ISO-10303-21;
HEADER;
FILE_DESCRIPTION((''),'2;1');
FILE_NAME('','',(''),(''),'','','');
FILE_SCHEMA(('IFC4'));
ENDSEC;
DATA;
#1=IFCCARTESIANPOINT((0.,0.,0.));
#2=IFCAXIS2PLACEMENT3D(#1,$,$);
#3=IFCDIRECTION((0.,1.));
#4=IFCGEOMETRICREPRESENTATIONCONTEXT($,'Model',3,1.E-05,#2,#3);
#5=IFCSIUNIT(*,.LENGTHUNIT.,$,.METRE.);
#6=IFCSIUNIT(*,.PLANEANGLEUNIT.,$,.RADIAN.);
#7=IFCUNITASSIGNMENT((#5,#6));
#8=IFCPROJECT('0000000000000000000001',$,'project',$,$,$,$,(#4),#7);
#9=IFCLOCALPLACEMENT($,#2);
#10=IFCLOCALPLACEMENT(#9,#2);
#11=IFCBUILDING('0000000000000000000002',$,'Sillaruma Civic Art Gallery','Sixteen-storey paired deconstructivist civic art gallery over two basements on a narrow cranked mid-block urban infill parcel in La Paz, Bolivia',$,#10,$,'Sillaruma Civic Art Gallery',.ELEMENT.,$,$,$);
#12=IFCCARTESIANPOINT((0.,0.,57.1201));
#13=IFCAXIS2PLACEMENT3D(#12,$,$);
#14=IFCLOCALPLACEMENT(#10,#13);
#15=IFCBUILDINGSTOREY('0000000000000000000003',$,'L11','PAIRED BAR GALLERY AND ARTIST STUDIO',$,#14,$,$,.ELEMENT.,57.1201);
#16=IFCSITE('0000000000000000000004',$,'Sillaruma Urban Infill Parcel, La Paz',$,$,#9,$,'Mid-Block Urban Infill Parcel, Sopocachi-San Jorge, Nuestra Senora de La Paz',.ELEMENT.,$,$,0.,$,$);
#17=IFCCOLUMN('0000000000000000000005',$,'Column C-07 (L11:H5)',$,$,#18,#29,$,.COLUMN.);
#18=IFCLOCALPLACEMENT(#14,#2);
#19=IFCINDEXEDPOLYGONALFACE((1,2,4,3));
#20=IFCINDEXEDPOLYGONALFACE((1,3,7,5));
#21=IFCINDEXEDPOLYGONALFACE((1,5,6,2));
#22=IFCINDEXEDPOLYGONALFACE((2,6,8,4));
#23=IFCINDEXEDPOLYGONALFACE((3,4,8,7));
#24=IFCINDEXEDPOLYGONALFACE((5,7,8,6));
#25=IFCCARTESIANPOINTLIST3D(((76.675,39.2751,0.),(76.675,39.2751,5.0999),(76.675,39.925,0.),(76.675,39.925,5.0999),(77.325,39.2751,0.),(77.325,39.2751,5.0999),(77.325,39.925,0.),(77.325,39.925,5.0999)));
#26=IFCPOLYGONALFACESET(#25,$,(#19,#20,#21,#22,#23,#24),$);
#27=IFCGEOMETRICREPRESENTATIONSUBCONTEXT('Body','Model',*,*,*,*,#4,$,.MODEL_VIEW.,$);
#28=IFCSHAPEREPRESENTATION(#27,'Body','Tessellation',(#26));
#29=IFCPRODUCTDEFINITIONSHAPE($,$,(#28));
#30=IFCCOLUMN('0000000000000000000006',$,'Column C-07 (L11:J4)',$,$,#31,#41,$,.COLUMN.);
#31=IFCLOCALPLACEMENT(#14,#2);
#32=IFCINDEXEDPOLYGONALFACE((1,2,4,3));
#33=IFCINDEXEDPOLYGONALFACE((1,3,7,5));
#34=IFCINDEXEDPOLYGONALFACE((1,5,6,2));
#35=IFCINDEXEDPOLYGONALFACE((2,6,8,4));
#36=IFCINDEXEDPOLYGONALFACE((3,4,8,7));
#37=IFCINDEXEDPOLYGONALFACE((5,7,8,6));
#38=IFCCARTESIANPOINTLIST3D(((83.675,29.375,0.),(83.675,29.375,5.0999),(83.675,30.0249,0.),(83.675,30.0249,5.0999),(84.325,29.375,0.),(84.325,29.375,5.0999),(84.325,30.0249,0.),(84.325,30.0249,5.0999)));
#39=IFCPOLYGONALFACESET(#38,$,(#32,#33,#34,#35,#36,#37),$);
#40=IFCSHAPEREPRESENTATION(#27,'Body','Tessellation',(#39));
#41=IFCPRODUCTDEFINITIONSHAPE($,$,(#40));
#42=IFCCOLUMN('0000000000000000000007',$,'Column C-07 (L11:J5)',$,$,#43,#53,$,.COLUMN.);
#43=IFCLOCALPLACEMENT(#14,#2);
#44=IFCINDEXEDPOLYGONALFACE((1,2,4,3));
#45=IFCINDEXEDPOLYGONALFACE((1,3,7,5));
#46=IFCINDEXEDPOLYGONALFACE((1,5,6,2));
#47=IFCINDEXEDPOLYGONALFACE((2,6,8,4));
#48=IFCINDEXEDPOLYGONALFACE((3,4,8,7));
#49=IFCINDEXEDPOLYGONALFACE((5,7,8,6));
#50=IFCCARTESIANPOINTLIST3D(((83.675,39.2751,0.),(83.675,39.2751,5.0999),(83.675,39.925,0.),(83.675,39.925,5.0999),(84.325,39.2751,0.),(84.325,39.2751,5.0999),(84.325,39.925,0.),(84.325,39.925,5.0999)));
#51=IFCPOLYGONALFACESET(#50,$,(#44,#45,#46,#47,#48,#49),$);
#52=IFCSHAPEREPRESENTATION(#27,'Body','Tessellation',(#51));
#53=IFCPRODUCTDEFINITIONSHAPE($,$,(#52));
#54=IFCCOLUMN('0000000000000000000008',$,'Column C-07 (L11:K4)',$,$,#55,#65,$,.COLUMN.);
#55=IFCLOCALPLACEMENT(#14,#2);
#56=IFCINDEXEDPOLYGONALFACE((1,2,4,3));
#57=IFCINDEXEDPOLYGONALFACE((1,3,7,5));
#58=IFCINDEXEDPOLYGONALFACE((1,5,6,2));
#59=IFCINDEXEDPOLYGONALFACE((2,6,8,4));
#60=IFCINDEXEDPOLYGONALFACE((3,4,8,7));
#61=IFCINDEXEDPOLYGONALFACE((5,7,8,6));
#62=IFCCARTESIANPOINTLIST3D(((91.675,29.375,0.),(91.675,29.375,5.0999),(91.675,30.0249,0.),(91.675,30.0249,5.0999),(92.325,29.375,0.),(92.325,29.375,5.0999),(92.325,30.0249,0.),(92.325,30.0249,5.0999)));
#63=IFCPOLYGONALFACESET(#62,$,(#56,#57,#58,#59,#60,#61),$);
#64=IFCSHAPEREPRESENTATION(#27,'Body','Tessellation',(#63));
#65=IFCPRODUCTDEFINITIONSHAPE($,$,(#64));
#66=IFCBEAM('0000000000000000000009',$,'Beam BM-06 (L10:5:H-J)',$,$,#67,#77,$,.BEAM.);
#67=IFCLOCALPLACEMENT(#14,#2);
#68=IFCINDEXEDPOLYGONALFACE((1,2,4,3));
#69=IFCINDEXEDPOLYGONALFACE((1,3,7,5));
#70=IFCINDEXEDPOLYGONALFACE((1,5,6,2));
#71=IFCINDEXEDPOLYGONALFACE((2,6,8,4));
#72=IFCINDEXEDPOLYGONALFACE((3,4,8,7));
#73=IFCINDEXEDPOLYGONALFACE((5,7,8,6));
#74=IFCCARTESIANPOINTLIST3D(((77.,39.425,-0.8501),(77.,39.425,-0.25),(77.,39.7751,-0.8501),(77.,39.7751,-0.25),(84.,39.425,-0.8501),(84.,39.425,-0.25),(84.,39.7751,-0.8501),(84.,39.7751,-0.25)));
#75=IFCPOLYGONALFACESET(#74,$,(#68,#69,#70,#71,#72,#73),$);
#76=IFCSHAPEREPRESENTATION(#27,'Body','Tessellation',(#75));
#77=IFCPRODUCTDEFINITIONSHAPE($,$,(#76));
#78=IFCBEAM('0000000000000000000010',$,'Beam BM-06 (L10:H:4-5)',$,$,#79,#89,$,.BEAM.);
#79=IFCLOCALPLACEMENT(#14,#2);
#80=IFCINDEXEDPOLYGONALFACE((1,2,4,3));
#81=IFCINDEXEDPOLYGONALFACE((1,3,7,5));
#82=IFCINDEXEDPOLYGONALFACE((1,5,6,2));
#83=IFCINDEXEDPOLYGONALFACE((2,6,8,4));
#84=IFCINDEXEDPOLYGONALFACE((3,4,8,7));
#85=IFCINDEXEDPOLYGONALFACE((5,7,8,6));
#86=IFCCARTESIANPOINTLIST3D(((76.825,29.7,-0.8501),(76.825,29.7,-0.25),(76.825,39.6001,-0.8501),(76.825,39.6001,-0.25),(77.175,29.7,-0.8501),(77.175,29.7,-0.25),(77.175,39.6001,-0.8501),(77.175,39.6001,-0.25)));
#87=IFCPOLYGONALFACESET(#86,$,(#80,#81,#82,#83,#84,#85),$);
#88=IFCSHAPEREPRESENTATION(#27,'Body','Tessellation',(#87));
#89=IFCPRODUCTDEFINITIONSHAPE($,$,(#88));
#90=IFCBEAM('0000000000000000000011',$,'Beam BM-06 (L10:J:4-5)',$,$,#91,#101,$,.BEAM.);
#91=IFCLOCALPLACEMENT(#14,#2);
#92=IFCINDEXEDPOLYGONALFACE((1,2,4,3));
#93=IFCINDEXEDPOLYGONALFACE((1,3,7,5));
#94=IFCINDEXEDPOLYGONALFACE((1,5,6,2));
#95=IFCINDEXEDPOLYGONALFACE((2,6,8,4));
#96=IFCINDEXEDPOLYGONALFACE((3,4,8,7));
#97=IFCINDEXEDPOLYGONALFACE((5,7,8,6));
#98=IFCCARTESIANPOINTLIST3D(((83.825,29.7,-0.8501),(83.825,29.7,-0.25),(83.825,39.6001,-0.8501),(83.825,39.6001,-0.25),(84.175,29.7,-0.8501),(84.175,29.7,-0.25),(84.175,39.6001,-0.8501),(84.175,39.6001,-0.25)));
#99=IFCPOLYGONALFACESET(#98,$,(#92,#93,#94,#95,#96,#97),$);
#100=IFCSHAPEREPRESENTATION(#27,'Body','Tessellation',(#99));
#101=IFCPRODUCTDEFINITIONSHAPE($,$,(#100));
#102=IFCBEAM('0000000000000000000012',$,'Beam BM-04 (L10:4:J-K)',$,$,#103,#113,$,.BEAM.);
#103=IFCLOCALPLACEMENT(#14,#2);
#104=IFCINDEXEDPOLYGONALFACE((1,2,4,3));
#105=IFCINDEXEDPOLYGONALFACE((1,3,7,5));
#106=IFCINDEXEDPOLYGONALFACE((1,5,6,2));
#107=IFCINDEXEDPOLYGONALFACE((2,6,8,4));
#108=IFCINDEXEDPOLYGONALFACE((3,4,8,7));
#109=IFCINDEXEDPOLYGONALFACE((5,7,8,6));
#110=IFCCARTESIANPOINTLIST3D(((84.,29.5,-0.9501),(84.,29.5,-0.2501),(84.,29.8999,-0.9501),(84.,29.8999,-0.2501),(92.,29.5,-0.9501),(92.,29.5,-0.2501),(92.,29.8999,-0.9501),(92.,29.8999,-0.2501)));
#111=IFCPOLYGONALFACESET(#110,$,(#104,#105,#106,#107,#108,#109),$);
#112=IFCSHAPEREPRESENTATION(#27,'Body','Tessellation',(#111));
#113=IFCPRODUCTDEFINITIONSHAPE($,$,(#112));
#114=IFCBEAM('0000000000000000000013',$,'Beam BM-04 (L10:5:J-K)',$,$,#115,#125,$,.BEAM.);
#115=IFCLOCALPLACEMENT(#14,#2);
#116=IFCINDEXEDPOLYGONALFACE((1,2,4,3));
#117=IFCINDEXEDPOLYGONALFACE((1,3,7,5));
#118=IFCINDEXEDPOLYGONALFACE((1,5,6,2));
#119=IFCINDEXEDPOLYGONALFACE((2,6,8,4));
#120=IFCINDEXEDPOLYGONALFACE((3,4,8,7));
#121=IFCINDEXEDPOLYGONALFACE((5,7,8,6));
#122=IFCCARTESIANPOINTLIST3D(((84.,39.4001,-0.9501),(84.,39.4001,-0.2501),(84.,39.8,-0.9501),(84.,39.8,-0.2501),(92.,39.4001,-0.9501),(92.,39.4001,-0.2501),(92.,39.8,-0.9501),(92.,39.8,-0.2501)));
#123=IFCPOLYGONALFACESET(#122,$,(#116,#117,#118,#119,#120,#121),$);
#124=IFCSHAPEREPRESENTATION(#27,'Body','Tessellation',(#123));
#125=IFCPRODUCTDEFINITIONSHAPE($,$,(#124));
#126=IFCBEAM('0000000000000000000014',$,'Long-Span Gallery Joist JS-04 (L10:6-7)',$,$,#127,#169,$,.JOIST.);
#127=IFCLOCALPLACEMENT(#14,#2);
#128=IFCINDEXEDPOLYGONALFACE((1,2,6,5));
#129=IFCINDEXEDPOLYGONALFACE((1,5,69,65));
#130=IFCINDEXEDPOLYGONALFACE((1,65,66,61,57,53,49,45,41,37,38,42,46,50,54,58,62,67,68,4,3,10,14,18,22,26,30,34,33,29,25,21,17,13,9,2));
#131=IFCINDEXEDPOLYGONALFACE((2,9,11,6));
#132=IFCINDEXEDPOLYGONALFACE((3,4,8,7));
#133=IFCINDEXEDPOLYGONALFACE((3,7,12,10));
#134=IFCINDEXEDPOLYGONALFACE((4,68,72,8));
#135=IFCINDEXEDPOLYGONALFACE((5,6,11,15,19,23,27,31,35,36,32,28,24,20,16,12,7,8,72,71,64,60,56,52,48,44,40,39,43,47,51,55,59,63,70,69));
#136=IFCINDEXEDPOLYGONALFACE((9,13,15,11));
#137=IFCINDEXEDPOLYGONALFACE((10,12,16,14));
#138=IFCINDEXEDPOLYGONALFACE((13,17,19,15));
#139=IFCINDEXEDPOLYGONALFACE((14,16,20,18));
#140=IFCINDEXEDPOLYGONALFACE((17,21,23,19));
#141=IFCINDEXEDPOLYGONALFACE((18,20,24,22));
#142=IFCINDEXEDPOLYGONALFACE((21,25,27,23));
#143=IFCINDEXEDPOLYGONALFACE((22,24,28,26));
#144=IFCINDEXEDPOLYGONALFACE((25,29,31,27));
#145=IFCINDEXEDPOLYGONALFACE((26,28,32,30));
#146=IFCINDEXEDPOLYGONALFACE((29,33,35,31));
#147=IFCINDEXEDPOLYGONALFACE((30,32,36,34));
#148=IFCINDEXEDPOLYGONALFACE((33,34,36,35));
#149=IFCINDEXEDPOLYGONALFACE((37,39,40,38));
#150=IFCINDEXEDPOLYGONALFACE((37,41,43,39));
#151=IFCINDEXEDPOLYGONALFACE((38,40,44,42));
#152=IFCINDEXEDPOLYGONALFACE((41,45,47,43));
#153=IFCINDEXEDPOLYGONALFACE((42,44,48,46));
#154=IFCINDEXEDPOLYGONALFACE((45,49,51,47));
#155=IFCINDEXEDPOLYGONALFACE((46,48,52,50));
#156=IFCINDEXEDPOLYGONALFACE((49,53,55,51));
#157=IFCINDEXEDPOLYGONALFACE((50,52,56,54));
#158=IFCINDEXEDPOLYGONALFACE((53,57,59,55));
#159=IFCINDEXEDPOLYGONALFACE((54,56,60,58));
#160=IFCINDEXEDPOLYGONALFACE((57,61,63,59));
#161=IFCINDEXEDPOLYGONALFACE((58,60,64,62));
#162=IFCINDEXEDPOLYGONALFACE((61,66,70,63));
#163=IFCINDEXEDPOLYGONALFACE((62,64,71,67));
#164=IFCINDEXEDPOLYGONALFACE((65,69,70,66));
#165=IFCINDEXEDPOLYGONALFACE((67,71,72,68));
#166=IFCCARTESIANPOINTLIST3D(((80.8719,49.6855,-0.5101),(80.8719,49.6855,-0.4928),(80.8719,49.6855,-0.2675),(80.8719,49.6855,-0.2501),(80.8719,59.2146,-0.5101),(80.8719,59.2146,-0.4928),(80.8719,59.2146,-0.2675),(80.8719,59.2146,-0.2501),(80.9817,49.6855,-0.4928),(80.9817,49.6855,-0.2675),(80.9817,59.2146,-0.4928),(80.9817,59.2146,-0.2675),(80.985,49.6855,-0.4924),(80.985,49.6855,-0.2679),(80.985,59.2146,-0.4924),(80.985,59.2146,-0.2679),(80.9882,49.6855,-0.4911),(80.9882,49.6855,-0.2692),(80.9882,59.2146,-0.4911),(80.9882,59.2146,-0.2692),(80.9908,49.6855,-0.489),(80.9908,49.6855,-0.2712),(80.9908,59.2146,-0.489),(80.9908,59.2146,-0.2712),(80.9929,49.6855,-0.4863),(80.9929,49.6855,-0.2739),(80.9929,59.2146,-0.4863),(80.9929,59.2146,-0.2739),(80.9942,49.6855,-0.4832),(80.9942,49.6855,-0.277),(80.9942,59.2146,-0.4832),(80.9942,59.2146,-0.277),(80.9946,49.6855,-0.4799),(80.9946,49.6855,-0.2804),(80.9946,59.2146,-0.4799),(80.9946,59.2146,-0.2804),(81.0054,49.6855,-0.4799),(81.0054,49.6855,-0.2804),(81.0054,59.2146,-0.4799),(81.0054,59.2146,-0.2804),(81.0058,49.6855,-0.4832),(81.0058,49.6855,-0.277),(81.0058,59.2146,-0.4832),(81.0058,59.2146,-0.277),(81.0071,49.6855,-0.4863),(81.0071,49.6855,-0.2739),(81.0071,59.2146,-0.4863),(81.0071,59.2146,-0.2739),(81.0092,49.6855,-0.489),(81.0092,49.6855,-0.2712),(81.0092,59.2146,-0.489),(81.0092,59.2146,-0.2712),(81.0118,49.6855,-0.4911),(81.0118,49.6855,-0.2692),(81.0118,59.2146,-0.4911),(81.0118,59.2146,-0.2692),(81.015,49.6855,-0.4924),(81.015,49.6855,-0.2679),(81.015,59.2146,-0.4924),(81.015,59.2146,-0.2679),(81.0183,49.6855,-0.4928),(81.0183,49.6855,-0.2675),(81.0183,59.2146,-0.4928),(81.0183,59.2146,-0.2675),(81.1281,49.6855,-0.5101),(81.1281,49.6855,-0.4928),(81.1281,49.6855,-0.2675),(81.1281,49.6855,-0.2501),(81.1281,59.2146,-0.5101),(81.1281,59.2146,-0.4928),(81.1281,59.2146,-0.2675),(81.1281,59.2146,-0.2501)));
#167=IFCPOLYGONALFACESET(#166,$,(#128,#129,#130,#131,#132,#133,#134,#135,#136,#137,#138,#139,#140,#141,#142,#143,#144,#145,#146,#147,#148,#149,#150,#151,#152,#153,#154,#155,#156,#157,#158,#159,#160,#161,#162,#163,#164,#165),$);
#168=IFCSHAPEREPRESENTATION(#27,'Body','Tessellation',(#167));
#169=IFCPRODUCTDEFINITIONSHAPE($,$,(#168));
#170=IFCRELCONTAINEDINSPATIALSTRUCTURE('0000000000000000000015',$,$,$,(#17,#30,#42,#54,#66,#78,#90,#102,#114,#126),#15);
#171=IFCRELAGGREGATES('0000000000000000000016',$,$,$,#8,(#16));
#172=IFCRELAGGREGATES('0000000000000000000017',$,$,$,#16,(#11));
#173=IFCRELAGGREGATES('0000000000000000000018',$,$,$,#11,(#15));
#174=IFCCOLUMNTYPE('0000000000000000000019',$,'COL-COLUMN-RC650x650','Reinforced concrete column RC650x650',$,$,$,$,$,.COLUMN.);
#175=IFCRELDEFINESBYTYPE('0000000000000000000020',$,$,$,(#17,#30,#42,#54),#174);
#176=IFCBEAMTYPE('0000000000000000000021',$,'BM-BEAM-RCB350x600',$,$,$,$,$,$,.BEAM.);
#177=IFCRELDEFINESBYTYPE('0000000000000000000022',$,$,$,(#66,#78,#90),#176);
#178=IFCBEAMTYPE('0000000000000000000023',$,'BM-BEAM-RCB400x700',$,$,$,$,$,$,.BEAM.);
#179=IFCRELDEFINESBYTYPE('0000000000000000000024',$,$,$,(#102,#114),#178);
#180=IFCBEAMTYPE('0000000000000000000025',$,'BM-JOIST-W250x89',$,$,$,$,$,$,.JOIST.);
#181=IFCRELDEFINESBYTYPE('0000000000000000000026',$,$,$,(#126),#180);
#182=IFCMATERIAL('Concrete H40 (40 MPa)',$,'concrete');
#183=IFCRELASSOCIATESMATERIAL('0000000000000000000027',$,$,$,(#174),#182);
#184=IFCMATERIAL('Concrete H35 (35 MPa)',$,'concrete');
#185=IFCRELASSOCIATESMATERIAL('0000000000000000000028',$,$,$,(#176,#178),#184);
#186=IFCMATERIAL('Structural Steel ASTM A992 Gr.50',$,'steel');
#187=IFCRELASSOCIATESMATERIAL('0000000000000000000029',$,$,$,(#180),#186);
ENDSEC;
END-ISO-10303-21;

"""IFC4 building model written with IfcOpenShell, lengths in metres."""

from ifc_helpers import new_model, si_unit, direction, frame, origin, origin_2d, place, context, subcontext, project, spatial, rectangle, i_section, extrude, material, material_profile, profile_set, type_object, element, save


model = new_model("IFC4")

# Units and contexts
model_context = context("Model", 3, precision=1e-05, world=origin(), true_north=direction((0.0, 1.0)))
body_context = subcontext(model_context, "Body", "Model", "MODEL_VIEW")
ifc_project = project(units=[si_unit("LENGTHUNIT", "METRE"), si_unit("PLANEANGLEUNIT", "RADIAN")], contexts=[model_context])

# Site, building, storey
site_placement = place(None, origin())
site = spatial("IfcSite", under=ifc_project, at=site_placement, Name="Sillaruma Urban Infill Parcel, La Paz", LongName="Mid-Block Urban Infill Parcel, Sopocachi-San Jorge, Nuestra Senora de La Paz", CompositionType="ELEMENT", RefElevation=0.0)
building_placement = place(site_placement, origin())
building = spatial("IfcBuilding", under=site, at=building_placement, Name="Sillaruma Civic Art Gallery", Description="Sixteen-storey paired deconstructivist civic art gallery over two basements on a narrow cranked mid-block urban infill parcel in La Paz, Bolivia", LongName="Sillaruma Civic Art Gallery", CompositionType="ELEMENT")
storey_placement = place(building_placement, frame((0.0, 0.0, 57.1201)))
storey = spatial("IfcBuildingStorey", under=building, at=storey_placement, Name="L11", Description="PAIRED BAR GALLERY AND ARTIST STUDIO", CompositionType="ELEMENT", Elevation=57.1201)

# Columns
ifc_material_1 = material(Name="Concrete H40 (40 MPa)", Category="concrete")
ifc_material_profile_1 = material_profile(ifc_material_1, rectangle(XDim=0.6499, YDim=0.6499, at=origin_2d()), Name="RC650x650")
ifc_profile_set_1 = profile_set([ifc_material_profile_1], Name="Concrete H40 (40 MPa)")
column_type = type_object("IfcColumnType", Name="COL-COLUMN-RC650x650", Description="Reinforced concrete column RC650x650", PredefinedType="COLUMN", material=ifc_profile_set_1)
for number, where, z_axis, x_axis, name in (
    (1, (77.0, 39.6001, 0.0), (0.0, 0.0, 1.0), (1.0, 0.0, 0.0), "Column C-07 (L11:H5)"),
    (2, (84.0, 29.7, 0.0), (0.0, 0.0, 1.0), (1.0, 0.0, 0.0), "Column C-07 (L11:J4)"),
    (3, (84.0, 39.6001, 0.0), (0.0, 0.0, 1.0), (1.0, 0.0, 0.0), "Column C-07 (L11:J5)"),
    (4, (92.0, 29.7, 0.0), (0.0, 0.0, 1.0), (1.0, 0.0, 0.0), "Column C-07 (L11:K4)"),
):
    element("IfcColumn", number, at=place(storey_placement, frame(where, z_axis=z_axis, x_axis=x_axis)), inside=storey, type_object=column_type, Name=name, PredefinedType="COLUMN", context=body_context, shape_type="SweptSolid", body=[
        extrude(rectangle(XDim=0.6499, YDim=0.6499, at=origin_2d()), origin(), (0.0, 0.0, 1.0), 5.0999),
    ])

# Beams
ifc_material_2 = material(Name="Concrete H35 (35 MPa)", Category="concrete")
ifc_material_profile_2 = material_profile(ifc_material_2, rectangle(XDim=0.3501, YDim=0.6001, at=origin_2d()), Name="RCB350x600")
ifc_profile_set_2 = profile_set([ifc_material_profile_2], Name="Concrete H35 (35 MPa)")
beam_type_1 = type_object("IfcBeamType", Name="BM-BEAM-RCB350x600", PredefinedType="BEAM", material=ifc_profile_set_2)
beam_1_placement = place(storey_placement, frame((77.0, 39.6001, -0.55), z_axis=(1.0, 0.0, 0.0), x_axis=(0.0, 1.0, 0.0)))
element("IfcBeam", 5, at=beam_1_placement, inside=storey, type_object=beam_type_1, Name="Beam BM-06 (L10:5:H-J)", PredefinedType="BEAM", context=body_context, shape_type="SweptSolid", body=[
    extrude(rectangle(XDim=0.3501, YDim=0.6001, at=origin_2d()), origin(), (0.0, 0.0, 1.0), 7.0),
])
for number, where, z_axis, x_axis, name in (
    (6, (77.0, 29.7, -0.55), (0.0, 1.0, 0.0), (-1.0, 0.0, 0.0), "Beam BM-06 (L10:H:4-5)"),
    (7, (84.0, 29.7, -0.55), (0.0, 1.0, 0.0), (-1.0, 0.0, 0.0), "Beam BM-06 (L10:J:4-5)"),
):
    element("IfcBeam", number, at=place(storey_placement, frame(where, z_axis=z_axis, x_axis=x_axis)), inside=storey, type_object=beam_type_1, Name=name, PredefinedType="BEAM", context=body_context, shape_type="SweptSolid", body=[
        extrude(rectangle(XDim=0.3501, YDim=0.6001, at=origin_2d()), origin(), (0.0, 0.0, 1.0), 9.9001),
    ])
ifc_material_profile_3 = material_profile(ifc_material_2, rectangle(XDim=0.3999, YDim=0.7, at=origin_2d()), Name="RCB400x700")
ifc_profile_set_3 = profile_set([ifc_material_profile_3], Name="Concrete H35 (35 MPa)")
beam_type_2 = type_object("IfcBeamType", Name="BM-BEAM-RCB400x700", PredefinedType="BEAM", material=ifc_profile_set_3)
for number, where, z_axis, x_axis, name in (
    (8, (84.0, 29.7, -0.6001), (1.0, 0.0, 0.0), (0.0, 1.0, 0.0), "Beam BM-04 (L10:4:J-K)"),
    (9, (84.0, 39.6001, -0.6001), (1.0, 0.0, 0.0), (0.0, 1.0, 0.0), "Beam BM-04 (L10:5:J-K)"),
):
    element("IfcBeam", number, at=place(storey_placement, frame(where, z_axis=z_axis, x_axis=x_axis)), inside=storey, type_object=beam_type_2, Name=name, PredefinedType="BEAM", context=body_context, shape_type="SweptSolid", body=[
        extrude(rectangle(XDim=0.3999, YDim=0.7, at=origin_2d()), origin(), (0.0, 0.0, 1.0), 8.0),
    ])
ifc_material_3 = material(Name="Structural Steel ASTM A992 Gr.50", Category="steel")
ifc_material_profile_4 = material_profile(ifc_material_3, i_section(OverallWidth=0.2561, OverallDepth=0.26, WebThickness=0.0107, FlangeThickness=0.0173, FilletRadius=0.0129, at=origin_2d()), Name="W250x89")
ifc_profile_set_4 = profile_set([ifc_material_profile_4], Name="Structural Steel ASTM A992 Gr.50")
beam_type_3 = type_object("IfcBeamType", Name="BM-JOIST-W250x89", PredefinedType="JOIST", material=ifc_profile_set_4)
beam_2_placement = place(storey_placement, frame((81.0, 49.6855, -0.3801), z_axis=(0.0, 1.0, 0.0), x_axis=(-1.0, 0.0, 0.0)))
element("IfcBeam", 10, at=beam_2_placement, inside=storey, type_object=beam_type_3, Name="Long-Span Gallery Joist JS-04 (L10:6-7)", PredefinedType="JOIST", context=body_context, shape_type="SweptSolid", body=[
    extrude(i_section(OverallWidth=0.2561, OverallDepth=0.26, WebThickness=0.0107, FlangeThickness=0.0173, FilletRadius=0.0129, at=origin_2d()), origin(), (0.0, 0.0, 1.0), 9.5291),
])

save(model, "model.ifc")
